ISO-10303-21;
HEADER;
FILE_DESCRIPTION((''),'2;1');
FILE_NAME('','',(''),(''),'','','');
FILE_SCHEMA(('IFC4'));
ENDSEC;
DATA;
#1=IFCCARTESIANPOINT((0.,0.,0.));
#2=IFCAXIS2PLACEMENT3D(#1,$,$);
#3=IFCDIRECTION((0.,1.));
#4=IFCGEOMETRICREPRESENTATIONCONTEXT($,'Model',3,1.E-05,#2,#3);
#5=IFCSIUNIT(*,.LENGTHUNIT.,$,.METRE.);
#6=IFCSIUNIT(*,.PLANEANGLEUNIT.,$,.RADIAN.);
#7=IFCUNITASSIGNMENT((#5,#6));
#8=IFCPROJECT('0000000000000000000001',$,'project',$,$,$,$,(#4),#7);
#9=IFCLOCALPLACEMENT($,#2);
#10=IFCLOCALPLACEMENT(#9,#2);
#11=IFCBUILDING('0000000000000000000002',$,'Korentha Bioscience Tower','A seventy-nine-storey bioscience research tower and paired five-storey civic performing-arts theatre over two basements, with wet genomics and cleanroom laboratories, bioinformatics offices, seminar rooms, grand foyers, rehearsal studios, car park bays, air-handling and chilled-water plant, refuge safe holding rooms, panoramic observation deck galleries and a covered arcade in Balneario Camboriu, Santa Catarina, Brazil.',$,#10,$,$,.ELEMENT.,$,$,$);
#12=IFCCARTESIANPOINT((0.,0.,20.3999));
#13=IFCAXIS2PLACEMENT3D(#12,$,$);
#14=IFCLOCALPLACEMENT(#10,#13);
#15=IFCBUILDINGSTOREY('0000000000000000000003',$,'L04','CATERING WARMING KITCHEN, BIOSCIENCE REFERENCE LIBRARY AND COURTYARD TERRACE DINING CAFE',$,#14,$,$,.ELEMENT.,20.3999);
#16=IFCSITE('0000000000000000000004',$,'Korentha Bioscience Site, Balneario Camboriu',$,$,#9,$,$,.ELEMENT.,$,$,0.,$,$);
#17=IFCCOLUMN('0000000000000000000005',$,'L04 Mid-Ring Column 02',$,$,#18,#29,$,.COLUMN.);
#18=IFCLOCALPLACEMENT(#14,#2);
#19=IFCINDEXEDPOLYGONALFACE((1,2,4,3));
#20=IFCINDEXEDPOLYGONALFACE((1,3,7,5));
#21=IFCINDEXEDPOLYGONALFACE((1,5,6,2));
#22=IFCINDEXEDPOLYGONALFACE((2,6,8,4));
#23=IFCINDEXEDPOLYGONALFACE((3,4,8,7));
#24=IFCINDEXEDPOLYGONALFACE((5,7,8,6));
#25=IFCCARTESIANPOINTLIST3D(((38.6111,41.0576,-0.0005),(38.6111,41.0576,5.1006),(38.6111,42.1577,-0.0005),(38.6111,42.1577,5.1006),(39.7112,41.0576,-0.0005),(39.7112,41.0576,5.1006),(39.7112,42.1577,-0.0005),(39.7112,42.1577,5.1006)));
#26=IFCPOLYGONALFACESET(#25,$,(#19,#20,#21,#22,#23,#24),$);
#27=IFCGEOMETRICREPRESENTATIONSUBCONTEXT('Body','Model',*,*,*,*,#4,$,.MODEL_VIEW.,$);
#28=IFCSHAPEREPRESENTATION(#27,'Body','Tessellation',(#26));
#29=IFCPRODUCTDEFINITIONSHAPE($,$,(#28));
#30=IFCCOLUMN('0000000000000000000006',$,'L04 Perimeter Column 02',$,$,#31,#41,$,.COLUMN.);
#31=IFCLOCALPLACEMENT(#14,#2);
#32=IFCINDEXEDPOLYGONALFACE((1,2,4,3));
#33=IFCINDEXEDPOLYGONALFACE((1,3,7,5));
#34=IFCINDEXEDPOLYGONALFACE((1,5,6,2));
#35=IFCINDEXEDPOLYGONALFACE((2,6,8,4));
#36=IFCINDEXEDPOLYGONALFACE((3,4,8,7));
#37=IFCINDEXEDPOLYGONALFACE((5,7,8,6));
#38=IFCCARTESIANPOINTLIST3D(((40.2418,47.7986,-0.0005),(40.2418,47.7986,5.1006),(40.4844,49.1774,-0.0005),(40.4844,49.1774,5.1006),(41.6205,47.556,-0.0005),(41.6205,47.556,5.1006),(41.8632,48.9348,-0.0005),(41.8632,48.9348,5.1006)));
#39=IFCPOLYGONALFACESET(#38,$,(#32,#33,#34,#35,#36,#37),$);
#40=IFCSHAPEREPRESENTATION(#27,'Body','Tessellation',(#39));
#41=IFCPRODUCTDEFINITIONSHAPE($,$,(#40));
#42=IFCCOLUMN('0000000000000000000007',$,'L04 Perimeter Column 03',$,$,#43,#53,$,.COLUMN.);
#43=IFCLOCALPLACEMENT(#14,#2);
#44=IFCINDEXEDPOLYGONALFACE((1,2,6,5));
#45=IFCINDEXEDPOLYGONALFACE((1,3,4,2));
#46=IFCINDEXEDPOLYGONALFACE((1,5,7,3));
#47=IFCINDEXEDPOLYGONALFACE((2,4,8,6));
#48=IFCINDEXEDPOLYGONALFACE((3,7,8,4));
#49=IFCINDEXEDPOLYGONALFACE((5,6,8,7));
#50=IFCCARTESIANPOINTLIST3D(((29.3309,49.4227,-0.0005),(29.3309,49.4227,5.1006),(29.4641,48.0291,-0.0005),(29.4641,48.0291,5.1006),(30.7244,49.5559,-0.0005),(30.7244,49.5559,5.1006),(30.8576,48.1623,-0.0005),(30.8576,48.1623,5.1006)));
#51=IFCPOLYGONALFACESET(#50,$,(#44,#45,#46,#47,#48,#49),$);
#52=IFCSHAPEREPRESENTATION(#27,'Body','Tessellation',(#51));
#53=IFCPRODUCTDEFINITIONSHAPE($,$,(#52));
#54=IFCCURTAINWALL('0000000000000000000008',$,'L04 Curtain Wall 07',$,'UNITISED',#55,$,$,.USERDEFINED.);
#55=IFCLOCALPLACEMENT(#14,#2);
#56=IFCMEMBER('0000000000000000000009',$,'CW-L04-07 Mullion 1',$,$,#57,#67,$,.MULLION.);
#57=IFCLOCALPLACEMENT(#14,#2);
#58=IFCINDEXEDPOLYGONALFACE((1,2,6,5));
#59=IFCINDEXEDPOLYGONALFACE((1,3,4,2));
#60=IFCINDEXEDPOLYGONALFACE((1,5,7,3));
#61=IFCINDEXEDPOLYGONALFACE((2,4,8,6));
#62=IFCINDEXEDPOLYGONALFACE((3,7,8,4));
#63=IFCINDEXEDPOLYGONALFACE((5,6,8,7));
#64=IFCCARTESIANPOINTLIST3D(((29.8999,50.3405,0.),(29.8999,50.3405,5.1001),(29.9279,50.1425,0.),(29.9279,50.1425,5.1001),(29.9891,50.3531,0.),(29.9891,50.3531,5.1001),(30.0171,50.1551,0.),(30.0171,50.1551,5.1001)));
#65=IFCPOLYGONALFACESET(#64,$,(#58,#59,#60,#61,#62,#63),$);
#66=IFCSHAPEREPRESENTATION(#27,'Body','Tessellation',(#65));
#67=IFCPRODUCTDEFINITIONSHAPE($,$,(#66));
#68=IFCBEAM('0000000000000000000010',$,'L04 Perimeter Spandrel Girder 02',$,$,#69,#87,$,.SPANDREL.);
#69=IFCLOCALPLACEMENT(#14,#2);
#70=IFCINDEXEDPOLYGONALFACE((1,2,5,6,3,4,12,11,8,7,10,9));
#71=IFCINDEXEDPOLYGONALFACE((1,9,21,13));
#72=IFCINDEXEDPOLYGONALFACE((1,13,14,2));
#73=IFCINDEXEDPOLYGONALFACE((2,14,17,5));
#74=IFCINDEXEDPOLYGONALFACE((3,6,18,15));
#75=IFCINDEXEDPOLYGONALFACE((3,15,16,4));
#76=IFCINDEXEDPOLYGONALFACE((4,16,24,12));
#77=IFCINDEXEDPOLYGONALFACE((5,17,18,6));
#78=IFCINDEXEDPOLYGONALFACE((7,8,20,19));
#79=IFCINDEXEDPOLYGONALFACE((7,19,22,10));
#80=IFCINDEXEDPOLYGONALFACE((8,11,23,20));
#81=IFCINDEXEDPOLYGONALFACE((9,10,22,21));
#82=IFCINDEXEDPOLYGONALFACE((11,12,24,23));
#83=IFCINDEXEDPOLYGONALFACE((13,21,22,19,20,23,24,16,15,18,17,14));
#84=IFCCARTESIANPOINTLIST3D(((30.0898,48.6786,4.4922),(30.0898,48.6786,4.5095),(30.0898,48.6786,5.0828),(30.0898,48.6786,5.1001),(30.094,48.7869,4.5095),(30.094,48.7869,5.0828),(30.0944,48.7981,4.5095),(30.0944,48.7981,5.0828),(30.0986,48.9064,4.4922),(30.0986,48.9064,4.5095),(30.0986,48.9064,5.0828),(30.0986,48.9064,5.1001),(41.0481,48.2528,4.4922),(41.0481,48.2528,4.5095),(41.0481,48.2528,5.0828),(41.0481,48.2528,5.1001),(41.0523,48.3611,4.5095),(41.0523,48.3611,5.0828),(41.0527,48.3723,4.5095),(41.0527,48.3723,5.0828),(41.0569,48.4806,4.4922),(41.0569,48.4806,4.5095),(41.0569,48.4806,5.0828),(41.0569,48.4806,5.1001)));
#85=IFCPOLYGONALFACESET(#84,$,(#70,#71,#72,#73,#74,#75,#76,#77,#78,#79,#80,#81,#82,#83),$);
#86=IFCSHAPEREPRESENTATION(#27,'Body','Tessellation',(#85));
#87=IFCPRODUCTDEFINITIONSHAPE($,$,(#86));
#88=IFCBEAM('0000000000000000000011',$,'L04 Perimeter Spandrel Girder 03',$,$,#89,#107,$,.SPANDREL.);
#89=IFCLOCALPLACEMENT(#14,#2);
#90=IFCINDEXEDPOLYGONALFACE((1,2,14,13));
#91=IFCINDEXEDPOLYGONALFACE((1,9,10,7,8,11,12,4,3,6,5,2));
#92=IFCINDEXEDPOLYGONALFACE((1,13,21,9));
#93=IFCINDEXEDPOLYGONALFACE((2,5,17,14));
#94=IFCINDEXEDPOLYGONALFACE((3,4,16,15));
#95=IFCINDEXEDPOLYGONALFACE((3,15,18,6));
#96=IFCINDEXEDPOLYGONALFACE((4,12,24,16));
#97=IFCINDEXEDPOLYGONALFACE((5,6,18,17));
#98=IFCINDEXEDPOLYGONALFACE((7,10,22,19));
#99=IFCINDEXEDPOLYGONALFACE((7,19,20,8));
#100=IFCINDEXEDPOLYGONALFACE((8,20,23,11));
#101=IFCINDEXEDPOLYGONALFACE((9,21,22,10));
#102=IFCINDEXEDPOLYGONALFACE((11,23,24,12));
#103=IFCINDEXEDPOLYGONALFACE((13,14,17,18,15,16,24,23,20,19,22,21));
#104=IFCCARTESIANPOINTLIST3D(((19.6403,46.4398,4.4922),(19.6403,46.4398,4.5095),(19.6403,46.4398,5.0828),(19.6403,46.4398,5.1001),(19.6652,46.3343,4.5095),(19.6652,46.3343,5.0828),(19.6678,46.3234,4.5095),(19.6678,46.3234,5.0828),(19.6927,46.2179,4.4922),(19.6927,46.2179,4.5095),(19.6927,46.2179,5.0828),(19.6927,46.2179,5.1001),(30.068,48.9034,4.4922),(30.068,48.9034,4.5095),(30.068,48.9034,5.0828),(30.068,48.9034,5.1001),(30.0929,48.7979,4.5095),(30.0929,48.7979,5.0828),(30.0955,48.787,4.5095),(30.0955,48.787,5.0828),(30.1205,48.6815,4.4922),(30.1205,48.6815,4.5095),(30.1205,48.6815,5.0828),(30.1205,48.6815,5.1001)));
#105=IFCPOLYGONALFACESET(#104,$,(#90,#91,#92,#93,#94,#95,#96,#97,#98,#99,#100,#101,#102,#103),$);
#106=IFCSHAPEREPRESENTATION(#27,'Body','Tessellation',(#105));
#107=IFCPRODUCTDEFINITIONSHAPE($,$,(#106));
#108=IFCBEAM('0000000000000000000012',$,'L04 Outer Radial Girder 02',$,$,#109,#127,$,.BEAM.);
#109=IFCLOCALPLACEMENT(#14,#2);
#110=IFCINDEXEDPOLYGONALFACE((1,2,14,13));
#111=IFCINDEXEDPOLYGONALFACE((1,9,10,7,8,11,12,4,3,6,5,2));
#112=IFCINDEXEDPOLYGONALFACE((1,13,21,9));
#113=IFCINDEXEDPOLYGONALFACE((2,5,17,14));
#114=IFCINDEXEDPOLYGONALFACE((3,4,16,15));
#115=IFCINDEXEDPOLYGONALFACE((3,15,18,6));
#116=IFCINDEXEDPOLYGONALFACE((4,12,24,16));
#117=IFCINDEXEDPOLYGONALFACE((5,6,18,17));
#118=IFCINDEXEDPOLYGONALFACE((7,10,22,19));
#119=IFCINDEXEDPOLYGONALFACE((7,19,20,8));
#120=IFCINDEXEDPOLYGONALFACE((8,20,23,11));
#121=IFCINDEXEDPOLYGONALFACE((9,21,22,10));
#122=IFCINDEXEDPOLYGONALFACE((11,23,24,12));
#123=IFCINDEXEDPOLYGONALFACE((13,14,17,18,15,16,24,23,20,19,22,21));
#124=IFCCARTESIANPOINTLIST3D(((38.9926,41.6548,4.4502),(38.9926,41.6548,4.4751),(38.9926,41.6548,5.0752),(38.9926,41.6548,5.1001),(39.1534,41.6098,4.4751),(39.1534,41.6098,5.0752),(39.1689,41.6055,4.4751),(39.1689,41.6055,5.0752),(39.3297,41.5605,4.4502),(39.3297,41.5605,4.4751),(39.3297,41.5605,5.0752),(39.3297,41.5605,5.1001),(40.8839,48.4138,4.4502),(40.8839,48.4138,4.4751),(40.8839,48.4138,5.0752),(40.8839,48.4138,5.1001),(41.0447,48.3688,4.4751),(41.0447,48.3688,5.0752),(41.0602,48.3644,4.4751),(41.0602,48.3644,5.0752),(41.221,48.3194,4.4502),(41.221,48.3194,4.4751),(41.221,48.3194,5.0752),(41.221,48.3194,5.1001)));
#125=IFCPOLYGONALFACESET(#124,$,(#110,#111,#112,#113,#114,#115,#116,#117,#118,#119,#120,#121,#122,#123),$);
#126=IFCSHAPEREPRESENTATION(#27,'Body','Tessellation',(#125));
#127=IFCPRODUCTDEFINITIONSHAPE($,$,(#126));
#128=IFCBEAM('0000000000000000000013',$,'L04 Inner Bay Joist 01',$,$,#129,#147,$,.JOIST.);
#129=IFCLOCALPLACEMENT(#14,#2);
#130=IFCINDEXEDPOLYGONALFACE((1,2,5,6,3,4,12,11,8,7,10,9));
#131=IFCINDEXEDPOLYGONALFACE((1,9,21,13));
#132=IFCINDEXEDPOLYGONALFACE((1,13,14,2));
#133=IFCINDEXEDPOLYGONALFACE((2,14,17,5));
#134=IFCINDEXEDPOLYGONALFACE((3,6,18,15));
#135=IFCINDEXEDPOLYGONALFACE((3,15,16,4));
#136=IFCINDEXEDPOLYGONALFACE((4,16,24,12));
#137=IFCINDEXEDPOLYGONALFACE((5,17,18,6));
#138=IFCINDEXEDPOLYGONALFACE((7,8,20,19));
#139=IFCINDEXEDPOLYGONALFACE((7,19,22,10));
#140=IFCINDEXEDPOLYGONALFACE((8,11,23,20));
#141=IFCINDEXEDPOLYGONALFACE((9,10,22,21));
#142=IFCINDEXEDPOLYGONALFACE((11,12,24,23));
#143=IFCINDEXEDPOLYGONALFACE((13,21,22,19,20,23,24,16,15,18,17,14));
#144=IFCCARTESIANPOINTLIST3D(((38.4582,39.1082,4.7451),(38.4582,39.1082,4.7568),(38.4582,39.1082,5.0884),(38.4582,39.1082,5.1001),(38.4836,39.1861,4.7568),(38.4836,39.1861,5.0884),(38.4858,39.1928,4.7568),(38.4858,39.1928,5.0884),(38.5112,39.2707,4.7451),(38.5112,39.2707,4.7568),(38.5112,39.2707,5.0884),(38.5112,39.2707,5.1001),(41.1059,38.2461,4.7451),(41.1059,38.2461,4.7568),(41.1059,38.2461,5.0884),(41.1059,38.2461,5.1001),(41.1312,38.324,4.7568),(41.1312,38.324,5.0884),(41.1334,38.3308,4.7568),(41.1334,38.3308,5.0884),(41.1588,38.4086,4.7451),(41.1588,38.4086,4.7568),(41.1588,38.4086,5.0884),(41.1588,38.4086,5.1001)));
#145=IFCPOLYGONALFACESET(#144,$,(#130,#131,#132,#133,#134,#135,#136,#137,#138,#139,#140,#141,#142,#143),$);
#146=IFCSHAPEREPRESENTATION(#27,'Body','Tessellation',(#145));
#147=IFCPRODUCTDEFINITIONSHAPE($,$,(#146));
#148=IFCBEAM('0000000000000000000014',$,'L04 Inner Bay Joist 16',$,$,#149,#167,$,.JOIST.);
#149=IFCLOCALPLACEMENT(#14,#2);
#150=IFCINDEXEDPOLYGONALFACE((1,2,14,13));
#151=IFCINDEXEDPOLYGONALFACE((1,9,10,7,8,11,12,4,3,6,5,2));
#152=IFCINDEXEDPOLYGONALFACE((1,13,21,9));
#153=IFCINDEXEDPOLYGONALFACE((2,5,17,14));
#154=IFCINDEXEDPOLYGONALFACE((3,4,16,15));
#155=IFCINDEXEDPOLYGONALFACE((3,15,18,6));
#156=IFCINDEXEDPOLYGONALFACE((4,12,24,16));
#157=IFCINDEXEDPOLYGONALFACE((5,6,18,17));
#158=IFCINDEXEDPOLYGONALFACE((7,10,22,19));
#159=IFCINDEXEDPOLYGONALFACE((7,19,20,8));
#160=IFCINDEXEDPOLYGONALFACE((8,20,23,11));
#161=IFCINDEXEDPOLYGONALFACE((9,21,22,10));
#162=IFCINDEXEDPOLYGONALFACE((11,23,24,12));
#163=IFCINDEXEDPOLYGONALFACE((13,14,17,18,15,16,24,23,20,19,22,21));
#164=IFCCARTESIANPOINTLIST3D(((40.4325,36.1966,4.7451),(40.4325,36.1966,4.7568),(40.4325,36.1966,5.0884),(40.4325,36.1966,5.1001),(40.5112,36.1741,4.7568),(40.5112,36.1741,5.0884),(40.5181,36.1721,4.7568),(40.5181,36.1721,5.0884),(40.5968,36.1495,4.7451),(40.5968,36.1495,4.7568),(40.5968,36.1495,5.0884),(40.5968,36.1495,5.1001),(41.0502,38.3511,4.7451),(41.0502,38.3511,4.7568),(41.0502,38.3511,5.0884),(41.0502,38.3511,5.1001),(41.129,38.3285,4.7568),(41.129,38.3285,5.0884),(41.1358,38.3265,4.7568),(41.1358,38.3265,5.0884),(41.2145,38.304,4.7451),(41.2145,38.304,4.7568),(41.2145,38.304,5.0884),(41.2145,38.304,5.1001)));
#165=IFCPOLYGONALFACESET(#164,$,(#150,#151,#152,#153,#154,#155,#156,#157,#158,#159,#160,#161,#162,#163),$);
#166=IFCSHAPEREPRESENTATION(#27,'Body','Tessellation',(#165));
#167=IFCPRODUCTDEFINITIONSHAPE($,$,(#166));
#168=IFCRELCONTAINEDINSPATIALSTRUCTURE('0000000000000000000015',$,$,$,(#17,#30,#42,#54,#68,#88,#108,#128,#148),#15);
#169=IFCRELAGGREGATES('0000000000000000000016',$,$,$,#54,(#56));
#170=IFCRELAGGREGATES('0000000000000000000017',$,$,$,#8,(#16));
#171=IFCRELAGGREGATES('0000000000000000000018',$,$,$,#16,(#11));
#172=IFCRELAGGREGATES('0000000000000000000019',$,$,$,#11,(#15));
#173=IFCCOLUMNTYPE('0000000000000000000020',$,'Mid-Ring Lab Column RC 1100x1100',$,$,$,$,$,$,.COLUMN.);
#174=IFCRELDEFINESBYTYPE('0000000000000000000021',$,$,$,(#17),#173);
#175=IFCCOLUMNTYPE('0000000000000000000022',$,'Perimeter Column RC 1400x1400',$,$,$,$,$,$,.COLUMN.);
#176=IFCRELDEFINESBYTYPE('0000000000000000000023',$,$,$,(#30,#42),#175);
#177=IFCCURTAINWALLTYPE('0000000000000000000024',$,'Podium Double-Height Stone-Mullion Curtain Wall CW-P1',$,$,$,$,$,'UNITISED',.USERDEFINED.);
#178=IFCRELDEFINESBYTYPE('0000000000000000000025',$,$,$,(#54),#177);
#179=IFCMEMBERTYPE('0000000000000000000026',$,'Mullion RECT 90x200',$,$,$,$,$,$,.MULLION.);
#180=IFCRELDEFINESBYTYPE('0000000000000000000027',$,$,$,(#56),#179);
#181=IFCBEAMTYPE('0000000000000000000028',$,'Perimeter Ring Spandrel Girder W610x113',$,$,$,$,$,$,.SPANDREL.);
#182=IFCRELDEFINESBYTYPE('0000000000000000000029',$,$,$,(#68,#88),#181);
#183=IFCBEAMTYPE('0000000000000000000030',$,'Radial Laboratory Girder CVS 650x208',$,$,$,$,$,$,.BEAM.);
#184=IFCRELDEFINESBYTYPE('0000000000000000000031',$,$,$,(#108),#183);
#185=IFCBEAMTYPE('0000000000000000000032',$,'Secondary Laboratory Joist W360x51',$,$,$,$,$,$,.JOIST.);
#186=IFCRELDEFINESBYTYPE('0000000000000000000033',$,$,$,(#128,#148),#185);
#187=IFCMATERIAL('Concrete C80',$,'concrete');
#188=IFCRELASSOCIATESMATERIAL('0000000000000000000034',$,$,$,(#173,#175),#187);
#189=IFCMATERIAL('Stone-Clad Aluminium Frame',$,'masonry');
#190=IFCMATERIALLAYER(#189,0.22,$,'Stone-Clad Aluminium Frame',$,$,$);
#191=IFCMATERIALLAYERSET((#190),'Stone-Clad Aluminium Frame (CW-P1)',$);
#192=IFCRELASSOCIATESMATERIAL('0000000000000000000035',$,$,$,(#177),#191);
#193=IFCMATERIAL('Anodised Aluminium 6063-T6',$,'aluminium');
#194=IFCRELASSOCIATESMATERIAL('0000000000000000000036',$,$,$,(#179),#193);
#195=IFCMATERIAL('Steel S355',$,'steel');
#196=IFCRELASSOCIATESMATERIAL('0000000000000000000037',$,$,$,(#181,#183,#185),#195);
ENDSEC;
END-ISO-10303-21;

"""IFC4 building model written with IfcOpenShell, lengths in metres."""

from ifc_helpers import new_model, si_unit, direction, frame, origin, origin_2d, place, context, subcontext, project, spatial, rectangle, i_section, extrude, material, layer, layer_set, material_profile, profile_set, type_object, element, aggregate, save


model = new_model("IFC4")

# Units and contexts
model_context = context("Model", 3, precision=1e-05, world=origin(), true_north=direction((0.0, 1.0)))
body_context = subcontext(model_context, "Body", "Model", "MODEL_VIEW")
ifc_project = project(units=[si_unit("LENGTHUNIT", "METRE"), si_unit("PLANEANGLEUNIT", "RADIAN")], contexts=[model_context])

# Site, building, storey
site_placement = place(None, origin())
site = spatial("IfcSite", under=ifc_project, at=site_placement, Name="Korentha Bioscience Site, Balneario Camboriu", CompositionType="ELEMENT", RefElevation=0.0)
building_placement = place(site_placement, origin())
building = spatial("IfcBuilding", under=site, at=building_placement, Name="Korentha Bioscience Tower", Description="A seventy-nine-storey bioscience research tower and paired five-storey civic performing-arts theatre over two basements, with wet genomics and cleanroom laboratories, bioinformatics offices, seminar rooms, grand foyers, rehearsal studios, car park bays, air-handling and chilled-water plant, refuge safe holding rooms, panoramic observation deck galleries and a covered arcade in Balneario Camboriu, Santa Catarina, Brazil.", CompositionType="ELEMENT")
storey_placement = place(building_placement, frame((0.0, 0.0, 20.3999)))
storey = spatial("IfcBuildingStorey", under=building, at=storey_placement, Name="L04", Description="CATERING WARMING KITCHEN, BIOSCIENCE REFERENCE LIBRARY AND COURTYARD TERRACE DINING CAFE", CompositionType="ELEMENT", Elevation=20.3999)

# Columns
ifc_material_1 = material(Name="Concrete C80", Category="concrete")
ifc_material_profile_1 = material_profile(ifc_material_1, rectangle(XDim=1.1001, YDim=1.1001, at=origin_2d()), Name="Concrete C80")
ifc_profile_set_1 = profile_set([ifc_material_profile_1], Name="Concrete C80 (COL-MR11)")
column_type_1 = type_object("IfcColumnType", Name="Mid-Ring Lab Column RC 1100x1100", PredefinedType="COLUMN", material=ifc_profile_set_1)
column_placement = place(storey_placement, frame((39.1611, 41.6077, -0.0005), z_axis=(0.0, 0.0, 1.0), x_axis=(1.0, 0.0, 0.0)))
element("IfcColumn", 1, at=column_placement, inside=storey, type_object=column_type_1, Name="L04 Mid-Ring Column 02", PredefinedType="COLUMN", context=body_context, shape_type="SweptSolid", body=[
    extrude(rectangle(XDim=1.1001, YDim=1.1001, at=origin_2d()), origin(), (0.0, 0.0, 1.0), 5.1011),
])
ifc_material_profile_2 = material_profile(ifc_material_1, rectangle(XDim=1.3999, YDim=1.3999, at=origin_2d()), Name="Concrete C80")
ifc_profile_set_2 = profile_set([ifc_material_profile_2], Name="Concrete C80 (COL-P14)")
column_type_2 = type_object("IfcColumnType", Name="Perimeter Column RC 1400x1400", PredefinedType="COLUMN", material=ifc_profile_set_2)
for number, where, z_axis, x_axis, name in (
    (2, (41.0525, 48.3667, -0.0005), (0.0, 0.0, 1.0), (-0.984868, 0.173304, 0.0), "L04 Perimeter Column 02"),
    (3, (30.0942, 48.7925, -0.0005), (0.0, 0.0, 1.0), (0.995463, 0.095151, 0.0), "L04 Perimeter Column 03"),
):
    element("IfcColumn", number, at=place(storey_placement, frame(where, z_axis=z_axis, x_axis=x_axis)), inside=storey, type_object=column_type_2, Name=name, PredefinedType="COLUMN", context=body_context, shape_type="SweptSolid", body=[
        extrude(rectangle(XDim=1.3999, YDim=1.3999, at=origin_2d()), origin(), (0.0, 0.0, 1.0), 5.1011),
    ])

# Curtain wall, member
ifc_material_2 = material(Name="Stone-Clad Aluminium Frame", Category="masonry")
ifc_layer_1 = layer(ifc_material_2, 0.22, Name="Stone-Clad Aluminium Frame")
ifc_layer_set_1 = layer_set([ifc_layer_1], Name="Stone-Clad Aluminium Frame (CW-P1)")
curtain_wall_type = type_object("IfcCurtainWallType", Name="Podium Double-Height Stone-Mullion Curtain Wall CW-P1", ElementType="UNITISED", PredefinedType="USERDEFINED", material=ifc_layer_set_1)
curtain_wall_placement = place(storey_placement, origin())
curtain_wall = element("IfcCurtainWall", 4, at=curtain_wall_placement, inside=storey, type_object=curtain_wall_type, Name="L04 Curtain Wall 07", ObjectType="UNITISED", PredefinedType="USERDEFINED")
ifc_material_3 = material(Name="Anodised Aluminium 6063-T6", Category="aluminium")
ifc_material_profile_3 = material_profile(ifc_material_3, rectangle(XDim=0.0901, YDim=0.2, at=origin_2d()), Name="Anodised Aluminium 6063-T6")
ifc_profile_set_3 = profile_set([ifc_material_profile_3], Name="Anodised Aluminium 6063-T6 (CW-MUL)")
member_type = type_object("IfcMemberType", Name="Mullion RECT 90x200", PredefinedType="MULLION", material=ifc_profile_set_3)
member_placement = place(storey_placement, frame((29.9585, 50.2478, 0.0), z_axis=(0.0, 0.0, 1.0), x_axis=(-0.990167, -0.139888, 0.0)))
member = element("IfcMember", 5, at=member_placement, type_object=member_type, Name="CW-L04-07 Mullion 1", PredefinedType="MULLION", context=body_context, shape_type="SweptSolid", body=[
    extrude(rectangle(XDim=0.0901, YDim=0.2, at=origin_2d()), origin(), (0.0, 0.0, 1.0), 5.1001),
])
aggregate(curtain_wall, [member])

# Beams
ifc_material_4 = material(Name="Steel S355", Category="steel")
ifc_material_profile_4 = material_profile(ifc_material_4, i_section(OverallWidth=0.228, OverallDepth=0.6079, WebThickness=0.0112, FlangeThickness=0.0173, at=origin_2d()), Name="Steel S355")
ifc_profile_set_4 = profile_set([ifc_material_profile_4], Name="Steel S355 (SB-610)")
beam_type_1 = type_object("IfcBeamType", Name="Perimeter Ring Spandrel Girder W610x113", PredefinedType="SPANDREL", material=ifc_profile_set_4)
beam_1_placement = place(storey_placement, frame((41.0525, 48.3667, 4.7961), z_axis=(-0.999246, 0.038826, 0.0), x_axis=(-0.038826, -0.999246, 0.0)))
element("IfcBeam", 6, at=beam_1_placement, inside=storey, type_object=beam_type_1, Name="L04 Perimeter Spandrel Girder 02", PredefinedType="SPANDREL", context=body_context, shape_type="SweptSolid", body=[
    extrude(i_section(OverallWidth=0.228, OverallDepth=0.6079, WebThickness=0.0112, FlangeThickness=0.0173, at=origin_2d()), origin(), (0.0, 0.0, 1.0), 10.9666),
])
beam_2_placement = place(storey_placement, frame((30.0942, 48.7925, 4.7961), z_axis=(-0.973208, -0.229927, 0.0), x_axis=(0.229927, -0.973208, 0.0)))
element("IfcBeam", 7, at=beam_2_placement, inside=storey, type_object=beam_type_1, Name="L04 Perimeter Spandrel Girder 03", PredefinedType="SPANDREL", context=body_context, shape_type="SweptSolid", body=[
    extrude(i_section(OverallWidth=0.228, OverallDepth=0.6079, WebThickness=0.0112, FlangeThickness=0.0173, at=origin_2d()), origin(), (0.0, 0.0, 1.0), 10.7148),
])
ifc_material_profile_5 = material_profile(ifc_material_4, i_section(OverallWidth=0.3501, OverallDepth=0.6499, WebThickness=0.0161, FlangeThickness=0.0249, at=origin_2d()), Name="Steel S355")
ifc_profile_set_5 = profile_set([ifc_material_profile_5], Name="Steel S355 (RB-650)")
beam_type_2 = type_object("IfcBeamType", Name="Radial Laboratory Girder CVS 650x208", PredefinedType="BEAM", material=ifc_profile_set_5)
beam_3_placement = place(storey_placement, frame((39.1611, 41.6077, 4.7751), z_axis=(0.269475, 0.963007, 0.0), x_axis=(-0.963007, 0.269475, 0.0)))
element("IfcBeam", 8, at=beam_3_placement, inside=storey, type_object=beam_type_2, Name="L04 Outer Radial Girder 02", PredefinedType="BEAM", context=body_context, shape_type="SweptSolid", body=[
    extrude(i_section(OverallWidth=0.3501, OverallDepth=0.6499, WebThickness=0.0161, FlangeThickness=0.0249, at=origin_2d()), origin(), (0.0, 0.0, 1.0), 7.0186),
])
ifc_material_profile_6 = material_profile(ifc_material_4, i_section(OverallWidth=0.1709, OverallDepth=0.355, WebThickness=0.0071, FlangeThickness=0.0117, at=origin_2d()), Name="Steel S355")
ifc_profile_set_6 = profile_set([ifc_material_profile_6], Name="Steel S355 (JB-360)")
beam_type_3 = type_object("IfcBeamType", Name="Secondary Laboratory Joist W360x51", PredefinedType="JOIST", material=ifc_profile_set_6)
beam_4_placement = place(storey_placement, frame((41.1323, 38.3274, 4.9226), z_axis=(-0.95087, 0.309592, 0.0), x_axis=(-0.309592, -0.95087, 0.0)))
element("IfcBeam", 9, at=beam_4_placement, inside=storey, type_object=beam_type_3, Name="L04 Inner Bay Joist 01", PredefinedType="JOIST", context=body_context, shape_type="SweptSolid", body=[
    extrude(i_section(OverallWidth=0.1709, OverallDepth=0.355, WebThickness=0.0071, FlangeThickness=0.0117, at=origin_2d()), origin(), (0.0, 0.0, 1.0), 2.7844),
])
beam_5_placement = place(storey_placement, frame((40.5146, 36.1731, 4.9226), z_axis=(0.275613, 0.961269, 0.0), x_axis=(-0.961269, 0.275613, 0.0)))
element("IfcBeam", 10, at=beam_5_placement, inside=storey, type_object=beam_type_3, Name="L04 Inner Bay Joist 16", PredefinedType="JOIST", context=body_context, shape_type="SweptSolid", body=[
    extrude(i_section(OverallWidth=0.1709, OverallDepth=0.355, WebThickness=0.0071, FlangeThickness=0.0117, at=origin_2d()), origin(), (0.0, 0.0, 1.0), 2.2412),
])

save(model, "model.ifc")
